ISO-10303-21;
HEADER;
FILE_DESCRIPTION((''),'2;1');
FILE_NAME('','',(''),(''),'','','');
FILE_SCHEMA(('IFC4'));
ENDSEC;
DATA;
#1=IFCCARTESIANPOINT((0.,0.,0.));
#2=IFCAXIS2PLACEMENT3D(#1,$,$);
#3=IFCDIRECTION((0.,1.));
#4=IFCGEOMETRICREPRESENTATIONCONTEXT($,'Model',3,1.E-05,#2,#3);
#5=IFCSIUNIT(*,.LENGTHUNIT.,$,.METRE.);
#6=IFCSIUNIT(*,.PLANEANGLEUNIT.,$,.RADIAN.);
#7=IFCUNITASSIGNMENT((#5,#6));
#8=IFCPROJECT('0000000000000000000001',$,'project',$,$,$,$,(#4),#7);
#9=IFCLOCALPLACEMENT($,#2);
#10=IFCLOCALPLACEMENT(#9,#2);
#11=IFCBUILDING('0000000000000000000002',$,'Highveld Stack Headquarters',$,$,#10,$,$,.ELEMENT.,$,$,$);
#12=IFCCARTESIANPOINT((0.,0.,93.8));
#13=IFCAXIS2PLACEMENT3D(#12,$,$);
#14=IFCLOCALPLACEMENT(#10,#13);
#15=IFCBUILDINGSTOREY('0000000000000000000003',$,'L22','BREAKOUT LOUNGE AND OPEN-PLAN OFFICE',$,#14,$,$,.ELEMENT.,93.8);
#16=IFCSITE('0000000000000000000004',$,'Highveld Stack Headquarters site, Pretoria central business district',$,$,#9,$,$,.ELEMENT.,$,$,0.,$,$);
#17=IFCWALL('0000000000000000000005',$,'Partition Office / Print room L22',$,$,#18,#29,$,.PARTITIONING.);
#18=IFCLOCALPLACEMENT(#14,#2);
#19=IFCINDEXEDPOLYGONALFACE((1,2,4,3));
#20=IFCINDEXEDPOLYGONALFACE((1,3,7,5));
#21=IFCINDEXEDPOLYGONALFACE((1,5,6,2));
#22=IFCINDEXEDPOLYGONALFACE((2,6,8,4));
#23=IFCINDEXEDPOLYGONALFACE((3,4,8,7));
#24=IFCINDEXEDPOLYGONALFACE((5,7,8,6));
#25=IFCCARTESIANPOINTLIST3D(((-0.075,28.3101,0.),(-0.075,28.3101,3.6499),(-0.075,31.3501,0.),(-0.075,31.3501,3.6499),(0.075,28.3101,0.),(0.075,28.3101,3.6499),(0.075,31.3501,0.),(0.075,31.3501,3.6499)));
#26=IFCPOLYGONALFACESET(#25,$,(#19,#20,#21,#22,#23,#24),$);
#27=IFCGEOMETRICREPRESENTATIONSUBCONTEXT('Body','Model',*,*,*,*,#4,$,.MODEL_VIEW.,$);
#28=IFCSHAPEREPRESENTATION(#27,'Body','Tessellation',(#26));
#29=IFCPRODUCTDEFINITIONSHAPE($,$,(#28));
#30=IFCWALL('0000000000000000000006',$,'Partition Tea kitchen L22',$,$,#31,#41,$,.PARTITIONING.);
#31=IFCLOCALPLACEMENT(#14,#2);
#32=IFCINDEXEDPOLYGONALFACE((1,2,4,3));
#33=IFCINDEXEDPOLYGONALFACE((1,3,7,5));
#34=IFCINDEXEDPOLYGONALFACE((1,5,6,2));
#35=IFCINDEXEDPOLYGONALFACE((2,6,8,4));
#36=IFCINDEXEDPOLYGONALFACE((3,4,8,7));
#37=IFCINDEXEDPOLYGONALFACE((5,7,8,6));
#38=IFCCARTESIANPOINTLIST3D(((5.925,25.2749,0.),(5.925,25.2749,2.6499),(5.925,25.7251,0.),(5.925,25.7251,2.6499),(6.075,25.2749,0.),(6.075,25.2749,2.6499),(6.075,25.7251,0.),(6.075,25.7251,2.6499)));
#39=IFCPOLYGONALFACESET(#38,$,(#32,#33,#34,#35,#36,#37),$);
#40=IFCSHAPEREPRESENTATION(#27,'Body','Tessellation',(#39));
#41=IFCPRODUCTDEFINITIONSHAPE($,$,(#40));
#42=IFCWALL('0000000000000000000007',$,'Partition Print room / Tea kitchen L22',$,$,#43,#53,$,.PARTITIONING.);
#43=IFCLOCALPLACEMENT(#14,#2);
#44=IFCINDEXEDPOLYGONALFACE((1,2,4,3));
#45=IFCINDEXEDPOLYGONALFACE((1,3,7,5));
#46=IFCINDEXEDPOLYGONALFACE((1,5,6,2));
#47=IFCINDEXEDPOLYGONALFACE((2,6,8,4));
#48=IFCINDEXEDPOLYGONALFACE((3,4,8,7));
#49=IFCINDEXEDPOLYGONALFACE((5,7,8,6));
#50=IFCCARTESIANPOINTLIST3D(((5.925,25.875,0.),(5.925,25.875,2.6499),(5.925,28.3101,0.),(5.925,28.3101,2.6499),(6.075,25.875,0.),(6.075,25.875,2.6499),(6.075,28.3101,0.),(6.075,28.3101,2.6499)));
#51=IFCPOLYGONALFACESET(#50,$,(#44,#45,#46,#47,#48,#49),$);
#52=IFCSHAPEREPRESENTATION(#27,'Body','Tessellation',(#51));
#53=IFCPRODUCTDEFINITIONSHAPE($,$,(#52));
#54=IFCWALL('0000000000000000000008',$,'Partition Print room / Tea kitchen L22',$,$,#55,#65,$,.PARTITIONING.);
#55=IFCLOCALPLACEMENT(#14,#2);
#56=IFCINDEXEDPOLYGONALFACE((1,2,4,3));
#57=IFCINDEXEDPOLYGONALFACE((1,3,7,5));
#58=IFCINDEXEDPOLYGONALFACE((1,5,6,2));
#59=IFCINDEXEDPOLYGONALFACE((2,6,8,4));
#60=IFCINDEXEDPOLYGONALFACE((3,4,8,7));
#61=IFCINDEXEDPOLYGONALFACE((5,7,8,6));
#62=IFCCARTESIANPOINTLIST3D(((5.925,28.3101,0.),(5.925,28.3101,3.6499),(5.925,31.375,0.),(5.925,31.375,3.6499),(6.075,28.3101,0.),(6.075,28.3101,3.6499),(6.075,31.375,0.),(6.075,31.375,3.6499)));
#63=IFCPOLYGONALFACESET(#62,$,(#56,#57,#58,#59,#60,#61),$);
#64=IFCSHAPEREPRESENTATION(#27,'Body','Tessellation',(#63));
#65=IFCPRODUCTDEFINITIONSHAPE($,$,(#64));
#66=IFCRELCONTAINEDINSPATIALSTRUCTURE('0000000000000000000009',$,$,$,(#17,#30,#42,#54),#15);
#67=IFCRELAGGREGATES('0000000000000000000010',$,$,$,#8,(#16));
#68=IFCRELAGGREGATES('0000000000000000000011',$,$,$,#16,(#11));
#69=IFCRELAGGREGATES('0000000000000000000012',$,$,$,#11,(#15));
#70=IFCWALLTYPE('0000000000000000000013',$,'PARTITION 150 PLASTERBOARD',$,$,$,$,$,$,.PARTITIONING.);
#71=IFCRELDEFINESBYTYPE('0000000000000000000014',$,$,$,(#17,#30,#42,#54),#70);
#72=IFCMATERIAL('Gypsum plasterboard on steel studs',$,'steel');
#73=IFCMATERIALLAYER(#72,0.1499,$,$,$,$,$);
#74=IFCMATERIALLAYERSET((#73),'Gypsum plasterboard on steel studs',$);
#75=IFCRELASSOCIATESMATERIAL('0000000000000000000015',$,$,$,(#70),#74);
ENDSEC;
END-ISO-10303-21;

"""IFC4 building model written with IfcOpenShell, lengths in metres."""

from ifc_helpers import new_model, si_unit, direction, frame, frame_2d, origin, place, context, subcontext, project, spatial, rectangle, extrude, material, layer, layer_set, type_object, element, save


model = new_model("IFC4")

# Units and contexts
model_context = context("Model", 3, precision=1e-05, world=origin(), true_north=direction((0.0, 1.0)))
body_context = subcontext(model_context, "Body", "Model", "MODEL_VIEW")
ifc_project = project(units=[si_unit("LENGTHUNIT", "METRE"), si_unit("PLANEANGLEUNIT", "RADIAN")], contexts=[model_context])

# Site, building, storey
site_placement = place(None, origin())
site = spatial("IfcSite", under=ifc_project, at=site_placement, Name="Highveld Stack Headquarters site, Pretoria central business district", CompositionType="ELEMENT", RefElevation=0.0)
building_placement = place(site_placement, origin())
building = spatial("IfcBuilding", under=site, at=building_placement, Name="Highveld Stack Headquarters", CompositionType="ELEMENT")
storey_placement = place(building_placement, frame((0.0, 0.0, 93.8)))
storey = spatial("IfcBuildingStorey", under=building, at=storey_placement, Name="L22", Description="BREAKOUT LOUNGE AND OPEN-PLAN OFFICE", CompositionType="ELEMENT", Elevation=93.8)

# Shared definitions
ifc_material_1 = material(Name="Gypsum plasterboard on steel studs", Category="steel")
ifc_layer_1 = layer(ifc_material_1, 0.1499)
ifc_layer_set_1 = layer_set([ifc_layer_1], Name="Gypsum plasterboard on steel studs")
wall_type = type_object("IfcWallType", Name="PARTITION 150 PLASTERBOARD", PredefinedType="PARTITIONING", material=ifc_layer_set_1)

# Walls
wall_1_placement = place(storey_placement, frame((0.0, 28.3101, 0.0), z_axis=(0.0, 0.0, 1.0), x_axis=(0.0, 1.0, 0.0)))
element("IfcWall", 1, at=wall_1_placement, inside=storey, type_object=wall_type, Name="Partition Office / Print room L22", PredefinedType="PARTITIONING", context=body_context, shape_type="SweptSolid", body=[
    extrude(rectangle(XDim=3.04, YDim=0.1499, at=frame_2d((1.52, 0.0))), origin(), (0.0, 0.0, 1.0), 3.6499),
])
wall_2_placement = place(storey_placement, frame((6.0, 25.2749, 0.0), z_axis=(0.0, 0.0, 1.0), x_axis=(0.0, 1.0, 0.0)))
element("IfcWall", 2, at=wall_2_placement, inside=storey, type_object=wall_type, Name="Partition Tea kitchen L22", PredefinedType="PARTITIONING", context=body_context, shape_type="SweptSolid", body=[
    extrude(rectangle(XDim=0.4502, YDim=0.1499, at=frame_2d((0.2251, 0.0))), origin(), (0.0, 0.0, 1.0), 2.6499),
])
wall_3_placement = place(storey_placement, frame((6.0, 25.875, 0.0), z_axis=(0.0, 0.0, 1.0), x_axis=(0.0, 1.0, 0.0)))
element("IfcWall", 3, at=wall_3_placement, inside=storey, type_object=wall_type, Name="Partition Print room / Tea kitchen L22", PredefinedType="PARTITIONING", context=body_context, shape_type="SweptSolid", body=[
    extrude(rectangle(XDim=2.4351, YDim=0.1499, at=frame_2d((1.2175, 0.0))), origin(), (0.0, 0.0, 1.0), 2.6499),
])
wall_4_placement = place(storey_placement, frame((6.0, 28.3101, 0.0), z_axis=(0.0, 0.0, 1.0), x_axis=(0.0, 1.0, 0.0)))
element("IfcWall", 4, at=wall_4_placement, inside=storey, type_object=wall_type, Name="Partition Print room / Tea kitchen L22", PredefinedType="PARTITIONING", context=body_context, shape_type="SweptSolid", body=[
    extrude(rectangle(XDim=3.0649, YDim=0.1499, at=frame_2d((1.5325, 0.0))), origin(), (0.0, 0.0, 1.0), 3.6499),
])

save(model, "model.ifc")
